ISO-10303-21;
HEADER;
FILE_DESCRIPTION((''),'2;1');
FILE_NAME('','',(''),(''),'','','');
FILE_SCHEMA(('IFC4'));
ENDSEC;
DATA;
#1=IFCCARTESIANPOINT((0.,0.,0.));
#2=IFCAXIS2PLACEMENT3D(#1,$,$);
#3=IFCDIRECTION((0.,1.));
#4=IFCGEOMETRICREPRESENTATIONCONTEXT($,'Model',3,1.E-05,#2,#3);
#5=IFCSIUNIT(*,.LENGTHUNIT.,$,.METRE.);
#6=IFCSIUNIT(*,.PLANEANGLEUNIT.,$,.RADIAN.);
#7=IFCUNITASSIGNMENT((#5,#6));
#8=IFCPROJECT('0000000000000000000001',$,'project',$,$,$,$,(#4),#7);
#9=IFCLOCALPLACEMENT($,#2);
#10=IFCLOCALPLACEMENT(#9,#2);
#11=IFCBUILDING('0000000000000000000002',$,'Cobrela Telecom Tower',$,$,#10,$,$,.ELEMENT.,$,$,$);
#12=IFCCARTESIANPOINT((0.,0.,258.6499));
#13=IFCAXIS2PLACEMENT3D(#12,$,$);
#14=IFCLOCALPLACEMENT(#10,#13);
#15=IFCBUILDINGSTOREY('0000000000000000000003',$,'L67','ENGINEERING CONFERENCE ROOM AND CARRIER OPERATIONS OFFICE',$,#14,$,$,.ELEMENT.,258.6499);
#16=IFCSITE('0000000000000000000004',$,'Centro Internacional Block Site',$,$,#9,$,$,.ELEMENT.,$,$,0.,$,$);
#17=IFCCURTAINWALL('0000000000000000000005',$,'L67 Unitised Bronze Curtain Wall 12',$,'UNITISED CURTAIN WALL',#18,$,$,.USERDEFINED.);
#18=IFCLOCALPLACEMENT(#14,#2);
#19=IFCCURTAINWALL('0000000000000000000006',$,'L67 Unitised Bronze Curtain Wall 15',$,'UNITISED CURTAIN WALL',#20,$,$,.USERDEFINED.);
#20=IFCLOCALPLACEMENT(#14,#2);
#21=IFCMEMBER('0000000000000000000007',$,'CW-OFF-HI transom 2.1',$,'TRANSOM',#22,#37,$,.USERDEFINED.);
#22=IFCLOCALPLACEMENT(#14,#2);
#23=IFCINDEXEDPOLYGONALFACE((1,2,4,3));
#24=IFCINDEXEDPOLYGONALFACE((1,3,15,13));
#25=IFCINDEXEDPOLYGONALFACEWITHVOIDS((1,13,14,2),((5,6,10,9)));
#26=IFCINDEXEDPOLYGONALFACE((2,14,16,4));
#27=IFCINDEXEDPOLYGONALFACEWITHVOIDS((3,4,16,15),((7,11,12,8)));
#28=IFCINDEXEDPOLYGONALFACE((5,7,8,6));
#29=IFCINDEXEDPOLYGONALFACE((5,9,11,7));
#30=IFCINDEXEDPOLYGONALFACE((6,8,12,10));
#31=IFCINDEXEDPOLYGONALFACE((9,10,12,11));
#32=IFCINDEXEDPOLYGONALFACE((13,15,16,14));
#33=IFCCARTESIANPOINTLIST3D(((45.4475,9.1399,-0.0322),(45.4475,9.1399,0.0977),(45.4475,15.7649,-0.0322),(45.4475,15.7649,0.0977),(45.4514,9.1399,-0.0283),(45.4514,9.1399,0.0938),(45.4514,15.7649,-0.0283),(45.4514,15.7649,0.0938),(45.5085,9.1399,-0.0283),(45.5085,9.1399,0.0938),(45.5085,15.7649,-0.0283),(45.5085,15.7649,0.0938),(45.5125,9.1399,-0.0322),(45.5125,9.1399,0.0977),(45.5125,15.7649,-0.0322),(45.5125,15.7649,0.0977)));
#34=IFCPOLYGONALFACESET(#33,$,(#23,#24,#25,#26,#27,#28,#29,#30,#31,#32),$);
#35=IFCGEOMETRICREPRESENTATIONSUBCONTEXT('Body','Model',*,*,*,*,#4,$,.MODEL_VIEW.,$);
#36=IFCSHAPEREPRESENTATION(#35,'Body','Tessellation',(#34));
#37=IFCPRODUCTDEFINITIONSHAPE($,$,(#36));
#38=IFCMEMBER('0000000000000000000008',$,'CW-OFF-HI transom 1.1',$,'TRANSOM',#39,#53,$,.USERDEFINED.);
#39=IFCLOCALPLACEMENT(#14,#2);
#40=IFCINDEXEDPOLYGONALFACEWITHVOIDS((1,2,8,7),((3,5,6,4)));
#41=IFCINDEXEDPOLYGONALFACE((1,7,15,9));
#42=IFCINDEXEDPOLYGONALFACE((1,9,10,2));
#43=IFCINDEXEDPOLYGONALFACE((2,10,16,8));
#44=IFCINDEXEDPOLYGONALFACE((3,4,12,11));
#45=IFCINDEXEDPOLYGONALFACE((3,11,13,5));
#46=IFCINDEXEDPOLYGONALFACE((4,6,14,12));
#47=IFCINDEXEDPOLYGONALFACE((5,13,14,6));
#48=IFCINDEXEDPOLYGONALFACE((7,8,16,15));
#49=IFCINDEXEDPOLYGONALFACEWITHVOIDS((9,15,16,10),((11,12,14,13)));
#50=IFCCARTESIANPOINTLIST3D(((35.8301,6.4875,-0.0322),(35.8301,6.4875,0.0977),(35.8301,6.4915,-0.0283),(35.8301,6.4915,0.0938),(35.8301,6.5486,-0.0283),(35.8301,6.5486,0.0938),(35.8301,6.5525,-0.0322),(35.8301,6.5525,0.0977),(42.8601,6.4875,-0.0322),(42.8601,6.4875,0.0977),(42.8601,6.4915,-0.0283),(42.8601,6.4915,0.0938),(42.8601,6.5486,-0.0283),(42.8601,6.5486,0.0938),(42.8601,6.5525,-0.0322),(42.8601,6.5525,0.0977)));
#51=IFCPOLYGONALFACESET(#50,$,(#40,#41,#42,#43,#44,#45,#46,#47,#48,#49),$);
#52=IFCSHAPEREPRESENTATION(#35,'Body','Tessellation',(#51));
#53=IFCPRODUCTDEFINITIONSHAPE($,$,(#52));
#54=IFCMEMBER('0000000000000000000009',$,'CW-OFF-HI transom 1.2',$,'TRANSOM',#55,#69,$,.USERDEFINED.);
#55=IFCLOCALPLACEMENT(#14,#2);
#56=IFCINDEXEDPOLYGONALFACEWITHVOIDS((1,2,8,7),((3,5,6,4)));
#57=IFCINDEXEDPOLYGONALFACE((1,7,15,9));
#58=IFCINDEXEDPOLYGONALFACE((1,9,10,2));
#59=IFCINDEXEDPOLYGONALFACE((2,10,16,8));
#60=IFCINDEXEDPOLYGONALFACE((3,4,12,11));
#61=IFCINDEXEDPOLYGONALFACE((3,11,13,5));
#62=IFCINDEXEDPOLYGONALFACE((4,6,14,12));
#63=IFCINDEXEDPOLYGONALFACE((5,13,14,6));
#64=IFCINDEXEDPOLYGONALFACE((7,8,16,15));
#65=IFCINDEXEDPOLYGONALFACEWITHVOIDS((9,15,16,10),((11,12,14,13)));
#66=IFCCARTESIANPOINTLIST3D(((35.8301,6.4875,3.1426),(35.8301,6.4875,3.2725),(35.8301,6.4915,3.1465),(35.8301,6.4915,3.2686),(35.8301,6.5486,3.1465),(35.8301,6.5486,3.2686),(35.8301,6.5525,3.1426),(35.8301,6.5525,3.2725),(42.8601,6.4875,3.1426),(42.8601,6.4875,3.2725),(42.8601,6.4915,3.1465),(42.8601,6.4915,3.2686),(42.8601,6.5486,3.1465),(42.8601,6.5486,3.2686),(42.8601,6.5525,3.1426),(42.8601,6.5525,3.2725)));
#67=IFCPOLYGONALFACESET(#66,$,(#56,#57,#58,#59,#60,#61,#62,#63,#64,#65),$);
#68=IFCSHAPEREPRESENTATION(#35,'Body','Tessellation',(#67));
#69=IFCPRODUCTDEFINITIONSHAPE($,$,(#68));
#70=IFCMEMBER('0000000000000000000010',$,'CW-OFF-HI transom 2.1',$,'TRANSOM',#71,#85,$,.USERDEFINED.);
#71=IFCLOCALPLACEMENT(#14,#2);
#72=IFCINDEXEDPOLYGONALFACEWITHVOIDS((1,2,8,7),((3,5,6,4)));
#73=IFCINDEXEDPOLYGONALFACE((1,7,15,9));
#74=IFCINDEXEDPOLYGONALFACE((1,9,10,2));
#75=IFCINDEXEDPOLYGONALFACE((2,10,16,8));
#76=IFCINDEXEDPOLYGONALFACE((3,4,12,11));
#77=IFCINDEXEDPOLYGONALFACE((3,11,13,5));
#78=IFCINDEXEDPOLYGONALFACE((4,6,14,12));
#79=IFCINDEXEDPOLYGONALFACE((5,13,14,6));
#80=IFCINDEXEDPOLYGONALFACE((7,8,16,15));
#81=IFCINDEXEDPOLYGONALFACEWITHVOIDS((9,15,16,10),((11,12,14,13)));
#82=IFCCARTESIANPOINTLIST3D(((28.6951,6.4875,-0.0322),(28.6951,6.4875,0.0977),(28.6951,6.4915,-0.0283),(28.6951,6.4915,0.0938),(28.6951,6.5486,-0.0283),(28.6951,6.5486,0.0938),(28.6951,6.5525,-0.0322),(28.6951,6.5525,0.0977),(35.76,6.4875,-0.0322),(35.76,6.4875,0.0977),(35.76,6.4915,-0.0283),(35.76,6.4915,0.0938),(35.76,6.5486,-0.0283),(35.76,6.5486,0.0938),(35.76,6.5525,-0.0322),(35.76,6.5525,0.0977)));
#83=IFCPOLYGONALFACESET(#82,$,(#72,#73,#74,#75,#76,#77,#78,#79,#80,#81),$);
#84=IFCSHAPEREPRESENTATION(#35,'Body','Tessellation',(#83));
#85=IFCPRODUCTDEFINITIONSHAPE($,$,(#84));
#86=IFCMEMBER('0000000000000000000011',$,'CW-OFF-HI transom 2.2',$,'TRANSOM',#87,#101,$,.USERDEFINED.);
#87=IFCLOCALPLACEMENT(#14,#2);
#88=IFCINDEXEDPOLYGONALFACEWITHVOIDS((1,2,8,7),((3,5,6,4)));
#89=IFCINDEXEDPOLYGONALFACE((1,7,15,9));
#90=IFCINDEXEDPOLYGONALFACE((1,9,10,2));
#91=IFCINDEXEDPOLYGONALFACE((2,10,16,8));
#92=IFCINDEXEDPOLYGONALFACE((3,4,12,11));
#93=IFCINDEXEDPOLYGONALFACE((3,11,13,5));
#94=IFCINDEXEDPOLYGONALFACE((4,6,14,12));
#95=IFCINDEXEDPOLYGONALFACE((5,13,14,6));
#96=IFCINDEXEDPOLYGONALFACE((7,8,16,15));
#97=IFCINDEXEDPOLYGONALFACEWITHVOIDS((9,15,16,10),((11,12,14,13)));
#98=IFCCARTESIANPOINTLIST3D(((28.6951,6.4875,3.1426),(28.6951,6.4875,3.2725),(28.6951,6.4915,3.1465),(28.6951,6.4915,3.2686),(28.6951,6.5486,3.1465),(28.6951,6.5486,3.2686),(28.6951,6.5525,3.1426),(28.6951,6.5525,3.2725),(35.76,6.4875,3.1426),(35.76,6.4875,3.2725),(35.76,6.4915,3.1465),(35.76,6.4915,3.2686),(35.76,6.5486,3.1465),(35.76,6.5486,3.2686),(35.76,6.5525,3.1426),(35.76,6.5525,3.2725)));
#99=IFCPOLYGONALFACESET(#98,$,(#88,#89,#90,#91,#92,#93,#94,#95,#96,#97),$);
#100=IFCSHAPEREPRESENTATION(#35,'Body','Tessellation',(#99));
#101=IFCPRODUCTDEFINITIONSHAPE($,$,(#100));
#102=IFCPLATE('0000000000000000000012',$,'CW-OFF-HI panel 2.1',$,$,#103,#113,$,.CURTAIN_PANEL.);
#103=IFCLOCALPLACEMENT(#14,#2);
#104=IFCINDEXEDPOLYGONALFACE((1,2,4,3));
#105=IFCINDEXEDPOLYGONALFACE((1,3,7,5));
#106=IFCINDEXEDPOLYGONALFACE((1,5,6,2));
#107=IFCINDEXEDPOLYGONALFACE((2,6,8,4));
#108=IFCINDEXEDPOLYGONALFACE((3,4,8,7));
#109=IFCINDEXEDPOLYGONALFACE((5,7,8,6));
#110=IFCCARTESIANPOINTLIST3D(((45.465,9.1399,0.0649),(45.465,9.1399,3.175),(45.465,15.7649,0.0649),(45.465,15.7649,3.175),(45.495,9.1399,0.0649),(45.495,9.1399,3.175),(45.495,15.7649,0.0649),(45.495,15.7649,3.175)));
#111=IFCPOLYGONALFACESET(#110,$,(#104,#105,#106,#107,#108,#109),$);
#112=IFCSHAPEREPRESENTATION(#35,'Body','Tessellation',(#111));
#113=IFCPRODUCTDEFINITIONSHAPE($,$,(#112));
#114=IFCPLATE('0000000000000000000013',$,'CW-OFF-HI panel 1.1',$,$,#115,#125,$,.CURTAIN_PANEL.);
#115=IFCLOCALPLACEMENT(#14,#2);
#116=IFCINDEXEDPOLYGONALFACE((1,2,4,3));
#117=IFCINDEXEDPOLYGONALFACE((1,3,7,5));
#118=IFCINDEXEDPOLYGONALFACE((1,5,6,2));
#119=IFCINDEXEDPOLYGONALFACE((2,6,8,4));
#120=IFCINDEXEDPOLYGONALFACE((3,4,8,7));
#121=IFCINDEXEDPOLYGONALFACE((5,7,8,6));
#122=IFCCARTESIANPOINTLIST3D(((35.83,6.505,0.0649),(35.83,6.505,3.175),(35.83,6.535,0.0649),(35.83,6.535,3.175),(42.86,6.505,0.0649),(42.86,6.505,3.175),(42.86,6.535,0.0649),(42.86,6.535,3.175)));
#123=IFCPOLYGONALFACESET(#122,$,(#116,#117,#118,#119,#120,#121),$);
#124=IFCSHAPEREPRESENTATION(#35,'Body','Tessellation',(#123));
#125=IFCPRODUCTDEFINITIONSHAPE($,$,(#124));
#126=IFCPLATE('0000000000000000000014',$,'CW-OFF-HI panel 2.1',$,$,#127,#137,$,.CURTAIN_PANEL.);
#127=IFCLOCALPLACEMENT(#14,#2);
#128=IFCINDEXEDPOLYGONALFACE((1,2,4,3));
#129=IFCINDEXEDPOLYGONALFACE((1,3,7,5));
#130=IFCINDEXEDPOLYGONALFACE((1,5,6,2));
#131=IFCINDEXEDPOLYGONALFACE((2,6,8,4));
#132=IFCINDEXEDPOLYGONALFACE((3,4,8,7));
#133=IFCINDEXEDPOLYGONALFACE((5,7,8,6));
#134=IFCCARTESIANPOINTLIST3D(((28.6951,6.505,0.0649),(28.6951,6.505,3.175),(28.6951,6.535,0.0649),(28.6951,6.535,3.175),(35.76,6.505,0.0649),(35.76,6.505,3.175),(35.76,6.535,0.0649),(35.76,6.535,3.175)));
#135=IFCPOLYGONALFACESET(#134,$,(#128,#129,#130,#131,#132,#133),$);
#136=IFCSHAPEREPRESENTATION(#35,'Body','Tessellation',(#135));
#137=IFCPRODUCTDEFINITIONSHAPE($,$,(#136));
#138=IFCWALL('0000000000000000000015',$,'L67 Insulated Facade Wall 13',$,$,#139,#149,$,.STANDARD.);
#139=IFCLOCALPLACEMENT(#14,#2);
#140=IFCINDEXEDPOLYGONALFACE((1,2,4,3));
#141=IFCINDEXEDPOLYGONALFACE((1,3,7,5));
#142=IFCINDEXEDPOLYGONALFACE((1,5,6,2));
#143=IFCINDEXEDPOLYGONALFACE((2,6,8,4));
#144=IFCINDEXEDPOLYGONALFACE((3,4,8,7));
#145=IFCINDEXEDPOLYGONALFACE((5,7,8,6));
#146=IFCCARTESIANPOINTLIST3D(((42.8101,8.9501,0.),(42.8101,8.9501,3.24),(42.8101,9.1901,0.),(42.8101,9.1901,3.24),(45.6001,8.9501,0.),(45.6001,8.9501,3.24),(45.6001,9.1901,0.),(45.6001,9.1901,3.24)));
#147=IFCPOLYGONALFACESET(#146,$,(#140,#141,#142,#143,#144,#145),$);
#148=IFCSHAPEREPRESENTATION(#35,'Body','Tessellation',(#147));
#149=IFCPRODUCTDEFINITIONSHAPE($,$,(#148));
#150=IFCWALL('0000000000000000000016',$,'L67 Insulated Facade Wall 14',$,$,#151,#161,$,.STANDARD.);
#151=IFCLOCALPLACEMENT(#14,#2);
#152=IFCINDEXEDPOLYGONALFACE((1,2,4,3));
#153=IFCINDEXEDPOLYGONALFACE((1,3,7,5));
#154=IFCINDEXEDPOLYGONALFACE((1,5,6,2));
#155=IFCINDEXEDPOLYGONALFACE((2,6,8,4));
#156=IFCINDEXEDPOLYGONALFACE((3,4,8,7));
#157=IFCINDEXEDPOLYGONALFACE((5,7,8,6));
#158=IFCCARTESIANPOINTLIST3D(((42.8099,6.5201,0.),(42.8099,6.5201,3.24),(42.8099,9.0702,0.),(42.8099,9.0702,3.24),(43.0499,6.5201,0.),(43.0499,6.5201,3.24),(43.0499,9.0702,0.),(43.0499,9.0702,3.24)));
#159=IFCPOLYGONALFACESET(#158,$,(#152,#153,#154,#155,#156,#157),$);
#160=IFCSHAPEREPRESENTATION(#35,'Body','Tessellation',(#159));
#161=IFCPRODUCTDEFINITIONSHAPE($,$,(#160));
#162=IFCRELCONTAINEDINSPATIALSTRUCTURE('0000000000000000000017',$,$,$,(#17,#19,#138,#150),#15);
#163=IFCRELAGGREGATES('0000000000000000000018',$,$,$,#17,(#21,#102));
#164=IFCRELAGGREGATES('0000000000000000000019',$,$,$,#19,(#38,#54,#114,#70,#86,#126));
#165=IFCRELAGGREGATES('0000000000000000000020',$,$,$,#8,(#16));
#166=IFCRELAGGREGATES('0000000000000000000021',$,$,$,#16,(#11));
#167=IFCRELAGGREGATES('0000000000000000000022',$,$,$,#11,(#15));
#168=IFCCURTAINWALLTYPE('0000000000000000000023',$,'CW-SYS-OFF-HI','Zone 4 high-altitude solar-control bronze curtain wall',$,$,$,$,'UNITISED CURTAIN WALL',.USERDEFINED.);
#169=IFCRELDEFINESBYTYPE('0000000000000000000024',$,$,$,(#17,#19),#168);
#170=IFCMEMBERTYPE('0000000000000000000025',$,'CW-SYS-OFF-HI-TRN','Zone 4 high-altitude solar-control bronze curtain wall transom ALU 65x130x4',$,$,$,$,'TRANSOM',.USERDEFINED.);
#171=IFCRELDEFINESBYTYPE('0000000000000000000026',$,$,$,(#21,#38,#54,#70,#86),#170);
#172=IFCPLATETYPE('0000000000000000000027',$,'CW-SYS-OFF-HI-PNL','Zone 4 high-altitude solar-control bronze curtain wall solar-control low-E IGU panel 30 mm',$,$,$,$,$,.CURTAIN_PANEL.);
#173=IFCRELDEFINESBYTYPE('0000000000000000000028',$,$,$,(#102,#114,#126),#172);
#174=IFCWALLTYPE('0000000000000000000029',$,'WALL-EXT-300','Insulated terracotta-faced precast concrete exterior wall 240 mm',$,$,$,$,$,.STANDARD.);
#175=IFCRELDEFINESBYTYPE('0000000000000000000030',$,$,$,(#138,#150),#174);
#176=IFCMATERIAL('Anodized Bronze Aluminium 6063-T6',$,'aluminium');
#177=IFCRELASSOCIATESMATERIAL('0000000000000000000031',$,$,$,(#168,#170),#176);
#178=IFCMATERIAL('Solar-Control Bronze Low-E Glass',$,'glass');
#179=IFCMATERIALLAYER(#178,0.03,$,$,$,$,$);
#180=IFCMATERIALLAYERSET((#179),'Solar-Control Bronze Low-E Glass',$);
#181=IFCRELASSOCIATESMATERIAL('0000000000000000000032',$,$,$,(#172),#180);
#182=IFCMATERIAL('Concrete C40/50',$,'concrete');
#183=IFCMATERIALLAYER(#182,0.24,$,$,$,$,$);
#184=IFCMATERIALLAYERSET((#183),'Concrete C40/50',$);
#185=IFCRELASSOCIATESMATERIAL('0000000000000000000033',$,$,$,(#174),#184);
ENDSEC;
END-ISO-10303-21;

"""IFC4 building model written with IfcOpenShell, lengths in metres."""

from ifc_helpers import new_model, si_unit, direction, frame, frame_2d, origin, origin_2d, place, context, subcontext, project, spatial, rectangle, hollow_rectangle, extrude, material, layer, layer_set, material_profile, profile_set, type_object, element, aggregate, save


model = new_model("IFC4")

# Units and contexts
model_context = context("Model", 3, precision=1e-05, world=origin(), true_north=direction((0.0, 1.0)))
body_context = subcontext(model_context, "Body", "Model", "MODEL_VIEW")
ifc_project = project(units=[si_unit("LENGTHUNIT", "METRE"), si_unit("PLANEANGLEUNIT", "RADIAN")], contexts=[model_context])

# Site, building, storey
site_placement = place(None, origin())
site = spatial("IfcSite", under=ifc_project, at=site_placement, Name="Centro Internacional Block Site", CompositionType="ELEMENT", RefElevation=0.0)
building_placement = place(site_placement, origin())
building = spatial("IfcBuilding", under=site, at=building_placement, Name="Cobrela Telecom Tower", CompositionType="ELEMENT")
storey_placement = place(building_placement, frame((0.0, 0.0, 258.6499)))
storey = spatial("IfcBuildingStorey", under=building, at=storey_placement, Name="L67", Description="ENGINEERING CONFERENCE ROOM AND CARRIER OPERATIONS OFFICE", CompositionType="ELEMENT", Elevation=258.6499)

# Curtain wall
ifc_material_1 = material(Name="Anodized Bronze Aluminium 6063-T6", Category="aluminium")
curtain_wall_type = type_object("IfcCurtainWallType", Name="CW-SYS-OFF-HI", Description="Zone 4 high-altitude solar-control bronze curtain wall", ElementType="UNITISED CURTAIN WALL", PredefinedType="USERDEFINED", material=ifc_material_1)
curtain_wall_1_placement = place(storey_placement, origin())
curtain_wall_1 = element("IfcCurtainWall", 1, at=curtain_wall_1_placement, inside=storey, type_object=curtain_wall_type, Name="L67 Unitised Bronze Curtain Wall 12", ObjectType="UNITISED CURTAIN WALL", PredefinedType="USERDEFINED")

# Curtain wall
curtain_wall_2_placement = place(storey_placement, origin())
curtain_wall_2 = element("IfcCurtainWall", 2, at=curtain_wall_2_placement, inside=storey, type_object=curtain_wall_type, Name="L67 Unitised Bronze Curtain Wall 15", ObjectType="UNITISED CURTAIN WALL", PredefinedType="USERDEFINED")

# Members
ifc_material_profile_1 = material_profile(ifc_material_1, hollow_rectangle(XDim=0.0649, YDim=0.1299, WallThickness=0.0039, at=origin_2d()), Name="ALU 65x130x4")
ifc_profile_set_1 = profile_set([ifc_material_profile_1], Name="Anodized Bronze Aluminium 6063-T6")
member_type_1 = type_object("IfcMemberType", Name="CW-SYS-OFF-HI-TRN", Description="Zone 4 high-altitude solar-control bronze curtain wall transom ALU 65x130x4", ElementType="TRANSOM", PredefinedType="USERDEFINED", material=ifc_profile_set_1)
member_1_placement = place(storey_placement, frame((45.48, 15.7649, 0.0327), z_axis=(0.0, -1.0, 0.0), x_axis=(1.0, 0.0, 0.0)))
member_1 = element("IfcMember", 3, at=member_1_placement, type_object=member_type_1, Name="CW-OFF-HI transom 2.1", ObjectType="TRANSOM", PredefinedType="USERDEFINED", context=body_context, shape_type="SweptSolid", body=[
    extrude(hollow_rectangle(XDim=0.0649, YDim=0.1299, WallThickness=0.0039, at=origin_2d()), origin(), (0.0, 0.0, 1.0), 6.625),
])
member_2_placement = place(storey_placement, frame((42.8601, 6.52, 0.0327), z_axis=(-1.0, 0.0, 0.0), x_axis=(0.0, -1.0, 0.0)))
member_2 = element("IfcMember", 4, at=member_2_placement, type_object=member_type_1, Name="CW-OFF-HI transom 1.1", ObjectType="TRANSOM", PredefinedType="USERDEFINED", context=body_context, shape_type="SweptSolid", body=[
    extrude(hollow_rectangle(XDim=0.0649, YDim=0.1299, WallThickness=0.0039, at=origin_2d()), origin(), (0.0, 0.0, 1.0), 7.03),
])
member_3_placement = place(storey_placement, frame((42.8601, 6.52, 3.2075), z_axis=(-1.0, 0.0, 0.0), x_axis=(0.0, -1.0, 0.0)))
member_3 = element("IfcMember", 5, at=member_3_placement, type_object=member_type_1, Name="CW-OFF-HI transom 1.2", ObjectType="TRANSOM", PredefinedType="USERDEFINED", context=body_context, shape_type="SweptSolid", body=[
    extrude(hollow_rectangle(XDim=0.0649, YDim=0.1299, WallThickness=0.0039, at=origin_2d()), origin(), (0.0, 0.0, 1.0), 7.03),
])
member_4_placement = place(storey_placement, frame((35.76, 6.52, 0.0327), z_axis=(-1.0, 0.0, 0.0), x_axis=(0.0, -1.0, 0.0)))
member_4 = element("IfcMember", 6, at=member_4_placement, type_object=member_type_1, Name="CW-OFF-HI transom 2.1", ObjectType="TRANSOM", PredefinedType="USERDEFINED", context=body_context, shape_type="SweptSolid", body=[
    extrude(hollow_rectangle(XDim=0.0649, YDim=0.1299, WallThickness=0.0039, at=origin_2d()), origin(), (0.0, 0.0, 1.0), 7.0649),
])
member_5_placement = place(storey_placement, frame((35.76, 6.52, 3.2075), z_axis=(-1.0, 0.0, 0.0), x_axis=(0.0, -1.0, 0.0)))
member_5 = element("IfcMember", 7, at=member_5_placement, type_object=member_type_1, Name="CW-OFF-HI transom 2.2", ObjectType="TRANSOM", PredefinedType="USERDEFINED", context=body_context, shape_type="SweptSolid", body=[
    extrude(hollow_rectangle(XDim=0.0649, YDim=0.1299, WallThickness=0.0039, at=origin_2d()), origin(), (0.0, 0.0, 1.0), 7.0649),
])

# Plates
ifc_material_2 = material(Name="Solar-Control Bronze Low-E Glass", Category="glass")
ifc_layer_1 = layer(ifc_material_2, 0.03)
ifc_layer_set_1 = layer_set([ifc_layer_1], Name="Solar-Control Bronze Low-E Glass")
plate_type = type_object("IfcPlateType", Name="CW-SYS-OFF-HI-PNL", Description="Zone 4 high-altitude solar-control bronze curtain wall solar-control low-E IGU panel 30 mm", PredefinedType="CURTAIN_PANEL", material=ifc_layer_set_1)
plate_1_placement = place(storey_placement, frame((45.48, 12.4524, 0.0649), z_axis=(0.0, 0.0, 1.0), x_axis=(0.0, -1.0, 0.0)))
plate_1 = element("IfcPlate", 8, at=plate_1_placement, type_object=plate_type, Name="CW-OFF-HI panel 2.1", PredefinedType="CURTAIN_PANEL", context=body_context, shape_type="SweptSolid", body=[
    extrude(rectangle(XDim=6.625, YDim=0.03, at=origin_2d()), origin(), (0.0, 0.0, 1.0), 3.1101),
])
aggregate(curtain_wall_1, [member_1, plate_1])
plate_2_placement = place(storey_placement, frame((39.345, 6.52, 0.0649), z_axis=(0.0, 0.0, 1.0), x_axis=(-1.0, 0.0, 0.0)))
plate_2 = element("IfcPlate", 9, at=plate_2_placement, type_object=plate_type, Name="CW-OFF-HI panel 1.1", PredefinedType="CURTAIN_PANEL", context=body_context, shape_type="SweptSolid", body=[
    extrude(rectangle(XDim=7.03, YDim=0.03, at=origin_2d()), origin(), (0.0, 0.0, 1.0), 3.1101),
])
plate_3_placement = place(storey_placement, frame((32.2275, 6.52, 0.0649), z_axis=(0.0, 0.0, 1.0), x_axis=(-1.0, 0.0, 0.0)))
plate_3 = element("IfcPlate", 10, at=plate_3_placement, type_object=plate_type, Name="CW-OFF-HI panel 2.1", PredefinedType="CURTAIN_PANEL", context=body_context, shape_type="SweptSolid", body=[
    extrude(rectangle(XDim=7.0649, YDim=0.03, at=origin_2d()), origin(), (0.0, 0.0, 1.0), 3.1101),
])
aggregate(curtain_wall_2, [member_2, member_3, plate_2, member_4, member_5, plate_3])

# Walls
ifc_material_3 = material(Name="Concrete C40/50", Category="concrete")
ifc_layer_2 = layer(ifc_material_3, 0.24)
ifc_layer_set_2 = layer_set([ifc_layer_2], Name="Concrete C40/50")
wall_type = type_object("IfcWallType", Name="WALL-EXT-300", Description="Insulated terracotta-faced precast concrete exterior wall 240 mm", PredefinedType="STANDARD", material=ifc_layer_set_2)
wall_1_placement = place(storey_placement, frame((45.6001, 9.0701, 0.0), z_axis=(0.0, 0.0, 1.0), x_axis=(-1.0, 0.0, 0.0)))
element("IfcWall", 11, at=wall_1_placement, inside=storey, type_object=wall_type, Name="L67 Insulated Facade Wall 13", PredefinedType="STANDARD", context=body_context, shape_type="SweptSolid", body=[
    extrude(rectangle(XDim=2.79, YDim=0.24, at=frame_2d((1.395, 0.0))), origin(), (0.0, 0.0, 1.0), 3.24),
])
wall_2_placement = place(storey_placement, frame((42.9299, 9.0701, 0.0), z_axis=(0.0, 0.0, 1.0), x_axis=(0.0, -1.0, 0.0)))
element("IfcWall", 12, at=wall_2_placement, inside=storey, type_object=wall_type, Name="L67 Insulated Facade Wall 14", PredefinedType="STANDARD", context=body_context, shape_type="SweptSolid", body=[
    extrude(rectangle(XDim=2.55, YDim=0.24, at=frame_2d((1.2749, 0.0))), origin(), (0.0, 0.0, 1.0), 3.24),
])

save(model, "model.ifc")
